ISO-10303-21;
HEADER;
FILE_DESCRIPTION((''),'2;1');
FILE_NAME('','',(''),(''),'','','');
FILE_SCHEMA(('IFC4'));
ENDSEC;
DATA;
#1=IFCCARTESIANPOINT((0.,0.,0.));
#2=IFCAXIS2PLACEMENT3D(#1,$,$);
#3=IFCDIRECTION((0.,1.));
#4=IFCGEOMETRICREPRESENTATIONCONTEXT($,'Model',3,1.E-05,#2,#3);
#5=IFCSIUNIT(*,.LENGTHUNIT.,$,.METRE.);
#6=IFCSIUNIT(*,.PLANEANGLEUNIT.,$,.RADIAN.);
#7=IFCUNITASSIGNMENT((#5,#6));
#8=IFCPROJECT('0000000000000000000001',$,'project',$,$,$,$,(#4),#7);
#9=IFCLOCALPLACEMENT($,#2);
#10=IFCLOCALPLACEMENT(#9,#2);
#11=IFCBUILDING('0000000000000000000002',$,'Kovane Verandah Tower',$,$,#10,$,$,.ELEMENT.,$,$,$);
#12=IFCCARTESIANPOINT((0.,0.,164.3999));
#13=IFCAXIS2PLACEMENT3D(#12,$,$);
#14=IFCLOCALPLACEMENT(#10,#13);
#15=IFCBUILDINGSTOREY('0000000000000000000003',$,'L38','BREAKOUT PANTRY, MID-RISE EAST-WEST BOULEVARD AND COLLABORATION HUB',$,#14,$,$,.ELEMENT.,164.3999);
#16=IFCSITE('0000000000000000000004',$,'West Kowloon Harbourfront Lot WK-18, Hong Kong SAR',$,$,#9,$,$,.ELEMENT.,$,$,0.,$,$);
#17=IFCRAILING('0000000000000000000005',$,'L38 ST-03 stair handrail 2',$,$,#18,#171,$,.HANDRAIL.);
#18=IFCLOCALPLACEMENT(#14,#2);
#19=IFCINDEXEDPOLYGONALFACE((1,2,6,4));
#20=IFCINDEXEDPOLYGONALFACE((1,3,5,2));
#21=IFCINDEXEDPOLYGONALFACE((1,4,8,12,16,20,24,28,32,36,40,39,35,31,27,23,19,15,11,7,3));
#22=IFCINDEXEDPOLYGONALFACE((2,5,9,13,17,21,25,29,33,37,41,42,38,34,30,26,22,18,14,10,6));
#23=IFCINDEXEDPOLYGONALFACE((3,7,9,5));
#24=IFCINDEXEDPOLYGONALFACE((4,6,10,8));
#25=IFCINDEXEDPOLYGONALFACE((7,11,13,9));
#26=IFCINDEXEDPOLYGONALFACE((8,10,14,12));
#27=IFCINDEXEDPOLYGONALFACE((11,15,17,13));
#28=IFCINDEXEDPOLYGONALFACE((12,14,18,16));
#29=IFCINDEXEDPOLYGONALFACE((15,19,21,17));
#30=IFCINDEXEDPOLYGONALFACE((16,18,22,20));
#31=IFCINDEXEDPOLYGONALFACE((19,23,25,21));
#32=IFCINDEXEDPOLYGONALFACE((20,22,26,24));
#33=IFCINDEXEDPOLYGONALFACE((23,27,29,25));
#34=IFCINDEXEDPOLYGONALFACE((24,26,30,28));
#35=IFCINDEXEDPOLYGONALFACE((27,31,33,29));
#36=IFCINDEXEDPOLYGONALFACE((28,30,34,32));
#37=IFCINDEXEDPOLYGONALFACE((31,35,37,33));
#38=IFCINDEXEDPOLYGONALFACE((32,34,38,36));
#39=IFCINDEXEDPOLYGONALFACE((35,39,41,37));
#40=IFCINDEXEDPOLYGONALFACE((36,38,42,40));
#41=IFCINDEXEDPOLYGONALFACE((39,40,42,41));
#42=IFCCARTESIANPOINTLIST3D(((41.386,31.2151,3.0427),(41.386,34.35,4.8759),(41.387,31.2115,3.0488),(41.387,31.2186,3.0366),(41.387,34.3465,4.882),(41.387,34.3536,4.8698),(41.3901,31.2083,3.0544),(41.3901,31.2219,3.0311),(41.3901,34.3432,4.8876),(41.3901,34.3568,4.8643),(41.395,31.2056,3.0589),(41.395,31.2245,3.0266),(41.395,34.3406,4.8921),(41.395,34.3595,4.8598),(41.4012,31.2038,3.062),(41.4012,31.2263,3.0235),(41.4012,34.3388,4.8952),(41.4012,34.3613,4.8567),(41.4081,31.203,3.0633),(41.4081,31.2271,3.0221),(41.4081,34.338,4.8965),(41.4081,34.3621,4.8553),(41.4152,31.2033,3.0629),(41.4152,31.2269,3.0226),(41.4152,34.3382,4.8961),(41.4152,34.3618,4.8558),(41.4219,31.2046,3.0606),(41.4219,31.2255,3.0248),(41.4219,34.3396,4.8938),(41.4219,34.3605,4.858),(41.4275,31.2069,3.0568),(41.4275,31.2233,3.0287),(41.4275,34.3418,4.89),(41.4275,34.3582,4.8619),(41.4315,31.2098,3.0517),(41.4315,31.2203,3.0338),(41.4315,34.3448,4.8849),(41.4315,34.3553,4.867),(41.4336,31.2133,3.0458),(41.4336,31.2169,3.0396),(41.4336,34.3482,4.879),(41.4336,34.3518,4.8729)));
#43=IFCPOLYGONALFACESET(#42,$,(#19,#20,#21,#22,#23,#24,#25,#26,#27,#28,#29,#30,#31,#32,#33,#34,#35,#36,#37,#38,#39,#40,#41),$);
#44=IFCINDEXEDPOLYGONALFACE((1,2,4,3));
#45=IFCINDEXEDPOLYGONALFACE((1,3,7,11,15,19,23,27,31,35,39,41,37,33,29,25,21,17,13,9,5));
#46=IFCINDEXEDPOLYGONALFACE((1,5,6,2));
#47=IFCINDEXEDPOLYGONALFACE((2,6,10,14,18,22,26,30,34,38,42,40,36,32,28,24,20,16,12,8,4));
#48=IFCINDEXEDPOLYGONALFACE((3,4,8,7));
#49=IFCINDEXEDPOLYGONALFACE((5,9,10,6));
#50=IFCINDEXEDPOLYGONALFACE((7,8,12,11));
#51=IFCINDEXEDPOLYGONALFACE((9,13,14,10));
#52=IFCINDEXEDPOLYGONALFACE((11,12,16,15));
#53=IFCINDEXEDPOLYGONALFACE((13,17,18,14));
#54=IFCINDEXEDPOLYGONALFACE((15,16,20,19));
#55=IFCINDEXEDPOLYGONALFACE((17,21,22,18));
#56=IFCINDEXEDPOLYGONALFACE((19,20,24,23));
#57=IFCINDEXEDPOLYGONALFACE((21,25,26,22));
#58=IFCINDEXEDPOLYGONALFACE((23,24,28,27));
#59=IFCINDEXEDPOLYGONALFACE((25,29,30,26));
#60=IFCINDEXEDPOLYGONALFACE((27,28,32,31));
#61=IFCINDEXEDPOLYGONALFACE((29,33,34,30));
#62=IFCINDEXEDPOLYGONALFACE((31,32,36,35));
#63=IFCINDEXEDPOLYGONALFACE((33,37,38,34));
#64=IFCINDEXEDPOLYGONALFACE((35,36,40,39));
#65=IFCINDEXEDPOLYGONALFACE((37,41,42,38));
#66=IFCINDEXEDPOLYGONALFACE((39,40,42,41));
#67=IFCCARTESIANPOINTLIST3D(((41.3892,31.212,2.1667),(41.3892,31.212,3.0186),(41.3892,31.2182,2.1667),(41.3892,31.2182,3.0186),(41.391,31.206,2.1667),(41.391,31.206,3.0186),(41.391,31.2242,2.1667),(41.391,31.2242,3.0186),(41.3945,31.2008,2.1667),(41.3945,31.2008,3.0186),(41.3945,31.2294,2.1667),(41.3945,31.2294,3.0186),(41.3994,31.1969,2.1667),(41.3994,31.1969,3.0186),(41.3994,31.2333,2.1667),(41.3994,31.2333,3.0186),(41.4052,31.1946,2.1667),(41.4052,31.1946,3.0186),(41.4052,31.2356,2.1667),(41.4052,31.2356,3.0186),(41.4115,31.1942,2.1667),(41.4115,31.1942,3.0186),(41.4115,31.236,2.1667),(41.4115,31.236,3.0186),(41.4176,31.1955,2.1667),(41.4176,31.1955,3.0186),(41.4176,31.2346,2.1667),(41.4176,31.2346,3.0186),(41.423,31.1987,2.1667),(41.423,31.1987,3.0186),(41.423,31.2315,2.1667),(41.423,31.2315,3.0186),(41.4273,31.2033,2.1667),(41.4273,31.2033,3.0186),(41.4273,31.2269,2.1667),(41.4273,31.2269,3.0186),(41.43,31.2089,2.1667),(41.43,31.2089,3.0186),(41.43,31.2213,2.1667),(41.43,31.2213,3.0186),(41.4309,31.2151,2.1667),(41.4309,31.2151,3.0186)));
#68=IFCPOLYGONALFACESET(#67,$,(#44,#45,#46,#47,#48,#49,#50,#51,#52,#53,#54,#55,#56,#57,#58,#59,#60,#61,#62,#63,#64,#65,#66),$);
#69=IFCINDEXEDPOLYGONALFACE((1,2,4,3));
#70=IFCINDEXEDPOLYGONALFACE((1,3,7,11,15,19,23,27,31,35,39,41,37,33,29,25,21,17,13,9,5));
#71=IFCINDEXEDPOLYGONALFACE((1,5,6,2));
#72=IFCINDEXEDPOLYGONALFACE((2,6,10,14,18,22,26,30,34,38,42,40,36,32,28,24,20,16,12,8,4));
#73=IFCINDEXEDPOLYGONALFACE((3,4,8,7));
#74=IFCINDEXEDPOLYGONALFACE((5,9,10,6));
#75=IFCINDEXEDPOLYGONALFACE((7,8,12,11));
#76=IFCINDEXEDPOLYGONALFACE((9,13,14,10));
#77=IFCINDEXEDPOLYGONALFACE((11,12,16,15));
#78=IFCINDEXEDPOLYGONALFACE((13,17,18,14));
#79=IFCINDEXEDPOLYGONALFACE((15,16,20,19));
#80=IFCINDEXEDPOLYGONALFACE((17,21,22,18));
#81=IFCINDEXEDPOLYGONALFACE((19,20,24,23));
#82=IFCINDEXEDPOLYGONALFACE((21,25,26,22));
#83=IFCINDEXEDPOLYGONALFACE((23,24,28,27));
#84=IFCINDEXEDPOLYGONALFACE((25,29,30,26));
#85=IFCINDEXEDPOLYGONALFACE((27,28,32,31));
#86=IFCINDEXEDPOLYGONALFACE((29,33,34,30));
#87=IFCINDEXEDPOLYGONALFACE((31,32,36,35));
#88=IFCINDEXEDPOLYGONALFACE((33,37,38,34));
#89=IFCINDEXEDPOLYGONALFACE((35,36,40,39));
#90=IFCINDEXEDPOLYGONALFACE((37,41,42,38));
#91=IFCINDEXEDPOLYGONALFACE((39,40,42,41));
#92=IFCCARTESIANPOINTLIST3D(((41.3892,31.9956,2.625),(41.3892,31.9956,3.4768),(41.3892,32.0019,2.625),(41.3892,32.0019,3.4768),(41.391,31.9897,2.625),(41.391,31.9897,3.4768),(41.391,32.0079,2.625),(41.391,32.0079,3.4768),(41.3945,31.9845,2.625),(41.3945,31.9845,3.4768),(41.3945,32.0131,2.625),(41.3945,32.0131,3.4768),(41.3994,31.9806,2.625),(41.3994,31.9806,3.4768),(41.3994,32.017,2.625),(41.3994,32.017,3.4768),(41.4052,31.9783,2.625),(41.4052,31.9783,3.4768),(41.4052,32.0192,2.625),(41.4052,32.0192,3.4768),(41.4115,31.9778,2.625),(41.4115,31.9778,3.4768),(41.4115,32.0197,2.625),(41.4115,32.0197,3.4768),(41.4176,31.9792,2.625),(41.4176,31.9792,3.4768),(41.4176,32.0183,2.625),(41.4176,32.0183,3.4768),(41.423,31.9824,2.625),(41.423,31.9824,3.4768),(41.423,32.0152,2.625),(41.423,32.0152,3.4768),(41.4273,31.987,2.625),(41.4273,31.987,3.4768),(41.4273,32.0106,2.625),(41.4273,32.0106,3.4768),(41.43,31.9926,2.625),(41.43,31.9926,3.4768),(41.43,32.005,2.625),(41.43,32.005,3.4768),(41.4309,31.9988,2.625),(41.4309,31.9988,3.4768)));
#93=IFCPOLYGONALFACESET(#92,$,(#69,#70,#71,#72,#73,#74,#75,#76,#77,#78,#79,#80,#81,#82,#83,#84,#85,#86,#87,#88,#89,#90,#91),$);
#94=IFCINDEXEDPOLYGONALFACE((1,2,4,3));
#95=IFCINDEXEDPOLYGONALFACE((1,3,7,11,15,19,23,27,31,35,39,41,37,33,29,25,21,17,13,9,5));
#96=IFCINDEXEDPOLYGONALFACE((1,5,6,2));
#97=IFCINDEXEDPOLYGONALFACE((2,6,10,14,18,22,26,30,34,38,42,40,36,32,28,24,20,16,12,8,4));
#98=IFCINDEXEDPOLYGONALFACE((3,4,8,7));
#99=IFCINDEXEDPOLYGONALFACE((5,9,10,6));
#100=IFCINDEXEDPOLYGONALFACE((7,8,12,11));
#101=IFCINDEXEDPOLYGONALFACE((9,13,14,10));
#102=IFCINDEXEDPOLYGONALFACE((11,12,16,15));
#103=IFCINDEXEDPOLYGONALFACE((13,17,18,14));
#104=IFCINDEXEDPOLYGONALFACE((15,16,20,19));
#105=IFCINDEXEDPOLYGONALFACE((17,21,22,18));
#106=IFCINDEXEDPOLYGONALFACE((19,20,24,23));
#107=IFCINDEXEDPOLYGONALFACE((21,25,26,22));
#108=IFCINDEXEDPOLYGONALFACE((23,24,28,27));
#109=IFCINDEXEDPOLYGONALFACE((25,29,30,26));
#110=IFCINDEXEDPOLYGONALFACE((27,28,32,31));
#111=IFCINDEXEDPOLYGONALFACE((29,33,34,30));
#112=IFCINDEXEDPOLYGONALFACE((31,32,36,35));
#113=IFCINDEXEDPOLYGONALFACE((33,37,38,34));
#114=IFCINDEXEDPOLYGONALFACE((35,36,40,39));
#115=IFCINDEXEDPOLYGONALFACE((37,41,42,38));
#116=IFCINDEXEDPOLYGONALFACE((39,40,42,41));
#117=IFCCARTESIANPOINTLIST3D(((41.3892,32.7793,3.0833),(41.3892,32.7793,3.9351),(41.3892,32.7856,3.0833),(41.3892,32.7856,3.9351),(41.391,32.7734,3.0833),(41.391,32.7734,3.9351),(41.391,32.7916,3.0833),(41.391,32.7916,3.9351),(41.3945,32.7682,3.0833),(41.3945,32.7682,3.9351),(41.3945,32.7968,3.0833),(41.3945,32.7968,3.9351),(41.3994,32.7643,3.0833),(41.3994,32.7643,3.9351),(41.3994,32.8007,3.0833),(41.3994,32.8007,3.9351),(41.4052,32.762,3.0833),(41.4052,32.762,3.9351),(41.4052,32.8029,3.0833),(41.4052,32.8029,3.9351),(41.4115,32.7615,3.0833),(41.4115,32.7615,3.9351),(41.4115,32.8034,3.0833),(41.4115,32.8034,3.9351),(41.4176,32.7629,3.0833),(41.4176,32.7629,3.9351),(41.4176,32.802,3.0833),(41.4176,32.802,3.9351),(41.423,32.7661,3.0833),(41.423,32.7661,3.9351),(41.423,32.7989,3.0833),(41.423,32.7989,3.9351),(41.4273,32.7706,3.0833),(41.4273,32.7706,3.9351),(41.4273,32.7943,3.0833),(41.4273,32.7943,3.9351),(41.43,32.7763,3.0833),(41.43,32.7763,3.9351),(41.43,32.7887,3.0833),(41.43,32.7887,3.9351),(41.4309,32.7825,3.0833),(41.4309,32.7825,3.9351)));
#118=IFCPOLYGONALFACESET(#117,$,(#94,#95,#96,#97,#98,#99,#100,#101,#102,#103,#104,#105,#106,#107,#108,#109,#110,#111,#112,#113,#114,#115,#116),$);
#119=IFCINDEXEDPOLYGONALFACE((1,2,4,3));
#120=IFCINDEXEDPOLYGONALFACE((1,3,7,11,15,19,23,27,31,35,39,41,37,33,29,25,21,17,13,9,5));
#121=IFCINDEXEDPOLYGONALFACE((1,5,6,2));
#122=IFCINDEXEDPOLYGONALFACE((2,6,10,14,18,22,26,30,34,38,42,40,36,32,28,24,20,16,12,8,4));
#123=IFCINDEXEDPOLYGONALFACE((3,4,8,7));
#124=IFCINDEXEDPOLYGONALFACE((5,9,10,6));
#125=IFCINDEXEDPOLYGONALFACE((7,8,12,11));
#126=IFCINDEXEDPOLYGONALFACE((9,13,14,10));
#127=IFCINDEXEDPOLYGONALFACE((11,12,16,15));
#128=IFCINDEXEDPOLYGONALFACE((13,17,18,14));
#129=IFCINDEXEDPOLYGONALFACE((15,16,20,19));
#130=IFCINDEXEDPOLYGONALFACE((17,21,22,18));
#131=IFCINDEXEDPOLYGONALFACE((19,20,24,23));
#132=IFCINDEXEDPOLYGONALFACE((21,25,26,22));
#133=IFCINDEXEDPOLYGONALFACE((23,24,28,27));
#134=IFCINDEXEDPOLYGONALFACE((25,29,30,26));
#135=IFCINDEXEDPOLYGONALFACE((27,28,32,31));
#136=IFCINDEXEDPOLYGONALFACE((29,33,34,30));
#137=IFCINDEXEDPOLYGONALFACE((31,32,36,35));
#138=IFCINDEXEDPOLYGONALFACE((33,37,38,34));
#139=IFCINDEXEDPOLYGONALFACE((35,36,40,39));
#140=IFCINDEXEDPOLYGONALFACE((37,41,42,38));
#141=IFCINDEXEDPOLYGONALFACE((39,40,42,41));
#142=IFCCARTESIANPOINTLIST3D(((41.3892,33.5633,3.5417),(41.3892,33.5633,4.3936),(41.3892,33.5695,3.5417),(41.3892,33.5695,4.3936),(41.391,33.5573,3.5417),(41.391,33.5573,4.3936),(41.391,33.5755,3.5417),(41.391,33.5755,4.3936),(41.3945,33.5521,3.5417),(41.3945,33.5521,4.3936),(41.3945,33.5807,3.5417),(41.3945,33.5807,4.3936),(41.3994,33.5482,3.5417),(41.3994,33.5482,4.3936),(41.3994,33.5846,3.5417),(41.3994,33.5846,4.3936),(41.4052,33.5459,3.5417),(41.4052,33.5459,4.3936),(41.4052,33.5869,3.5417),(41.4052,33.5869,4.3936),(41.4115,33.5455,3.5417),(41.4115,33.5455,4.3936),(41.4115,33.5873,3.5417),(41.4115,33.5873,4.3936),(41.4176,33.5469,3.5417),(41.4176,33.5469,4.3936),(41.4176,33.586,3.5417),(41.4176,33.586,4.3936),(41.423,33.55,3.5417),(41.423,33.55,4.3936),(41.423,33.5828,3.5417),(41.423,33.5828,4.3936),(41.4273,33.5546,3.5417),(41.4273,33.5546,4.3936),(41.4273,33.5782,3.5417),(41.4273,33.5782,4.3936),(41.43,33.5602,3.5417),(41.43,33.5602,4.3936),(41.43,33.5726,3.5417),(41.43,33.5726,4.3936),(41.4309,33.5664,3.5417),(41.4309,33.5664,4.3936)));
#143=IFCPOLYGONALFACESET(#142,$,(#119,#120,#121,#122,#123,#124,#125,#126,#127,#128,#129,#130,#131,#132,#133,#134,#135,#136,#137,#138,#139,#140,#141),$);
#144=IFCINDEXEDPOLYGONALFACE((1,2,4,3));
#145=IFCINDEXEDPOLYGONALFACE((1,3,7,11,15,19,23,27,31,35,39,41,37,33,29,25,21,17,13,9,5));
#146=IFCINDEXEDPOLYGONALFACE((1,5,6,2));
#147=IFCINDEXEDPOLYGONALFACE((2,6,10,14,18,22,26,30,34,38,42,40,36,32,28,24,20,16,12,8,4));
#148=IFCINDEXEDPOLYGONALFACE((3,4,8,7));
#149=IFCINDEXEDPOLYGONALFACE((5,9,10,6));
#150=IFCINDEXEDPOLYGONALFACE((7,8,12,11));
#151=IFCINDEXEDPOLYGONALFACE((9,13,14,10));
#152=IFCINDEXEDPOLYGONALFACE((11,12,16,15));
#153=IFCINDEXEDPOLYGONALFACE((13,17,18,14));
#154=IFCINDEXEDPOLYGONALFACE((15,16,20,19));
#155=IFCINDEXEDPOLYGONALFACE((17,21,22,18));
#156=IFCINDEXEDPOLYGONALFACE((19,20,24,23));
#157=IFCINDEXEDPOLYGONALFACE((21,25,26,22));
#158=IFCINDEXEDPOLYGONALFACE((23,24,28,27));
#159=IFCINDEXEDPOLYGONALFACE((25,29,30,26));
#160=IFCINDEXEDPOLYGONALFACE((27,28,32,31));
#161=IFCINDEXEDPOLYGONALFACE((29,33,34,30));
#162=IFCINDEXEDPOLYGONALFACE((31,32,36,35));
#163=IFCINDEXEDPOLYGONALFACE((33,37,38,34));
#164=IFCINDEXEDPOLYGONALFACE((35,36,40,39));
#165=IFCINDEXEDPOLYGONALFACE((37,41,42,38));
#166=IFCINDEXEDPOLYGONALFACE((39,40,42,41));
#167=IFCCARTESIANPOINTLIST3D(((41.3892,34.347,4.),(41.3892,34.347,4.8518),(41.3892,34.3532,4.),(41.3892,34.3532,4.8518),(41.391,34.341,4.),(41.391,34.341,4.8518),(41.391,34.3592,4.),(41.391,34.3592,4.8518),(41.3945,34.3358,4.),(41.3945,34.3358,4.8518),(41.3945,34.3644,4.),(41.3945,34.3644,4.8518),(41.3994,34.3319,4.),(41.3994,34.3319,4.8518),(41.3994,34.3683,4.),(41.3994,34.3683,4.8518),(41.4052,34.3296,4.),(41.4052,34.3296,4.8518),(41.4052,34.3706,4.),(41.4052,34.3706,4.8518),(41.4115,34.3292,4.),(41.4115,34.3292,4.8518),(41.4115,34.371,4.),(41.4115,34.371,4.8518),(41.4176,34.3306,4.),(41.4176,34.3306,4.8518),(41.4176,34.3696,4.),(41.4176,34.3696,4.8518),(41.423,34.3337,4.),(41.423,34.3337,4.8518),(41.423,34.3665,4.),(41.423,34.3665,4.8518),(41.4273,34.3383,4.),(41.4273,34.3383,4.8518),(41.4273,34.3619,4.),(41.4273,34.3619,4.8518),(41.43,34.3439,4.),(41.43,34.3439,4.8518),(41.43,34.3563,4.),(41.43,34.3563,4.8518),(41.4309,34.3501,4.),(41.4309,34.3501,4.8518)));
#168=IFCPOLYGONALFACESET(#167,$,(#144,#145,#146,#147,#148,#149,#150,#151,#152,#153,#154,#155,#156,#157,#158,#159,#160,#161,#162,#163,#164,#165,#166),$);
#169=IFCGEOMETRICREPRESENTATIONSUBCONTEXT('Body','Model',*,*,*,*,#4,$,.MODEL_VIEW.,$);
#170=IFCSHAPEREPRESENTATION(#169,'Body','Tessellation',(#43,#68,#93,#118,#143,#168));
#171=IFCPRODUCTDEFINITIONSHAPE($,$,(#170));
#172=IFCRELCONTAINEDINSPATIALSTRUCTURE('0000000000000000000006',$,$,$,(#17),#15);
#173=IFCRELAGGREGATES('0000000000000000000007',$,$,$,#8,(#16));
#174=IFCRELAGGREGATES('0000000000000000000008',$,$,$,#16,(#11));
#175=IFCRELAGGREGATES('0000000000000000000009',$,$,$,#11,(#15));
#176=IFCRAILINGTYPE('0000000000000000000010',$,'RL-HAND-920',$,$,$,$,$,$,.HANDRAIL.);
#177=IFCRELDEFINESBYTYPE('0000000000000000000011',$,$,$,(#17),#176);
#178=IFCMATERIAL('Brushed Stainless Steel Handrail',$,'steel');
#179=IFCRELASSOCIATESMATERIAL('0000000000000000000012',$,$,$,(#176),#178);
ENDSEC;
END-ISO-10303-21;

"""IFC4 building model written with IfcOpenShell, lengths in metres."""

from ifc_helpers import new_model, si_unit, direction, frame, origin, origin_2d, place, context, subcontext, project, spatial, circle, extrude, material, type_object, element, save


model = new_model("IFC4")

# Units and contexts
model_context = context("Model", 3, precision=1e-05, world=origin(), true_north=direction((0.0, 1.0)))
body_context = subcontext(model_context, "Body", "Model", "MODEL_VIEW")
ifc_project = project(units=[si_unit("LENGTHUNIT", "METRE"), si_unit("PLANEANGLEUNIT", "RADIAN")], contexts=[model_context])

# Site, building, storey
site_placement = place(None, origin())
site = spatial("IfcSite", under=ifc_project, at=site_placement, Name="West Kowloon Harbourfront Lot WK-18, Hong Kong SAR", CompositionType="ELEMENT", RefElevation=0.0)
building_placement = place(site_placement, origin())
building = spatial("IfcBuilding", under=site, at=building_placement, Name="Kovane Verandah Tower", CompositionType="ELEMENT")
storey_placement = place(building_placement, frame((0.0, 0.0, 164.3999)))
storey = spatial("IfcBuildingStorey", under=building, at=storey_placement, Name="L38", Description="BREAKOUT PANTRY, MID-RISE EAST-WEST BOULEVARD AND COLLABORATION HUB", CompositionType="ELEMENT", Elevation=164.3999)

# Railing
ifc_material_1 = material(Name="Brushed Stainless Steel Handrail", Category="steel")
railing_type_1 = type_object("IfcRailingType", Name="RL-HAND-920", PredefinedType="HANDRAIL", material=ifc_material_1)
railing_1_placement = place(storey_placement, frame((41.4099, 31.2151, 2.1667)))
element("IfcRailing", 1, at=railing_1_placement, inside=storey, type_object=railing_type_1, Name="L38 ST-03 stair handrail 2", PredefinedType="HANDRAIL", context=body_context, shape_type="SweptSolid", body=[
    extrude(circle(Radius=0.0239, at=origin_2d()), frame((0.0, 0.0, 0.876), z_axis=(0.0, 0.86324, 0.504794), x_axis=(-1.0, 0.0, 0.0)), (0.0, 0.0, 1.0), 3.6316),
    extrude(circle(Radius=0.021, at=origin_2d()), origin(), (0.0, 0.0, 1.0), 0.8518),
    extrude(circle(Radius=0.021, at=origin_2d()), frame((0.0, 0.7837, 0.4583)), (0.0, 0.0, 1.0), 0.8518),
    extrude(circle(Radius=0.021, at=origin_2d()), frame((0.0, 1.5674, 0.9165)), (0.0, 0.0, 1.0), 0.8518),
    extrude(circle(Radius=0.021, at=origin_2d()), frame((0.0, 2.3513, 1.375)), (0.0, 0.0, 1.0), 0.8518),
    extrude(circle(Radius=0.021, at=origin_2d()), frame((0.0, 3.135, 1.8333)), (0.0, 0.0, 1.0), 0.8518),
])

save(model, "model.ifc")
